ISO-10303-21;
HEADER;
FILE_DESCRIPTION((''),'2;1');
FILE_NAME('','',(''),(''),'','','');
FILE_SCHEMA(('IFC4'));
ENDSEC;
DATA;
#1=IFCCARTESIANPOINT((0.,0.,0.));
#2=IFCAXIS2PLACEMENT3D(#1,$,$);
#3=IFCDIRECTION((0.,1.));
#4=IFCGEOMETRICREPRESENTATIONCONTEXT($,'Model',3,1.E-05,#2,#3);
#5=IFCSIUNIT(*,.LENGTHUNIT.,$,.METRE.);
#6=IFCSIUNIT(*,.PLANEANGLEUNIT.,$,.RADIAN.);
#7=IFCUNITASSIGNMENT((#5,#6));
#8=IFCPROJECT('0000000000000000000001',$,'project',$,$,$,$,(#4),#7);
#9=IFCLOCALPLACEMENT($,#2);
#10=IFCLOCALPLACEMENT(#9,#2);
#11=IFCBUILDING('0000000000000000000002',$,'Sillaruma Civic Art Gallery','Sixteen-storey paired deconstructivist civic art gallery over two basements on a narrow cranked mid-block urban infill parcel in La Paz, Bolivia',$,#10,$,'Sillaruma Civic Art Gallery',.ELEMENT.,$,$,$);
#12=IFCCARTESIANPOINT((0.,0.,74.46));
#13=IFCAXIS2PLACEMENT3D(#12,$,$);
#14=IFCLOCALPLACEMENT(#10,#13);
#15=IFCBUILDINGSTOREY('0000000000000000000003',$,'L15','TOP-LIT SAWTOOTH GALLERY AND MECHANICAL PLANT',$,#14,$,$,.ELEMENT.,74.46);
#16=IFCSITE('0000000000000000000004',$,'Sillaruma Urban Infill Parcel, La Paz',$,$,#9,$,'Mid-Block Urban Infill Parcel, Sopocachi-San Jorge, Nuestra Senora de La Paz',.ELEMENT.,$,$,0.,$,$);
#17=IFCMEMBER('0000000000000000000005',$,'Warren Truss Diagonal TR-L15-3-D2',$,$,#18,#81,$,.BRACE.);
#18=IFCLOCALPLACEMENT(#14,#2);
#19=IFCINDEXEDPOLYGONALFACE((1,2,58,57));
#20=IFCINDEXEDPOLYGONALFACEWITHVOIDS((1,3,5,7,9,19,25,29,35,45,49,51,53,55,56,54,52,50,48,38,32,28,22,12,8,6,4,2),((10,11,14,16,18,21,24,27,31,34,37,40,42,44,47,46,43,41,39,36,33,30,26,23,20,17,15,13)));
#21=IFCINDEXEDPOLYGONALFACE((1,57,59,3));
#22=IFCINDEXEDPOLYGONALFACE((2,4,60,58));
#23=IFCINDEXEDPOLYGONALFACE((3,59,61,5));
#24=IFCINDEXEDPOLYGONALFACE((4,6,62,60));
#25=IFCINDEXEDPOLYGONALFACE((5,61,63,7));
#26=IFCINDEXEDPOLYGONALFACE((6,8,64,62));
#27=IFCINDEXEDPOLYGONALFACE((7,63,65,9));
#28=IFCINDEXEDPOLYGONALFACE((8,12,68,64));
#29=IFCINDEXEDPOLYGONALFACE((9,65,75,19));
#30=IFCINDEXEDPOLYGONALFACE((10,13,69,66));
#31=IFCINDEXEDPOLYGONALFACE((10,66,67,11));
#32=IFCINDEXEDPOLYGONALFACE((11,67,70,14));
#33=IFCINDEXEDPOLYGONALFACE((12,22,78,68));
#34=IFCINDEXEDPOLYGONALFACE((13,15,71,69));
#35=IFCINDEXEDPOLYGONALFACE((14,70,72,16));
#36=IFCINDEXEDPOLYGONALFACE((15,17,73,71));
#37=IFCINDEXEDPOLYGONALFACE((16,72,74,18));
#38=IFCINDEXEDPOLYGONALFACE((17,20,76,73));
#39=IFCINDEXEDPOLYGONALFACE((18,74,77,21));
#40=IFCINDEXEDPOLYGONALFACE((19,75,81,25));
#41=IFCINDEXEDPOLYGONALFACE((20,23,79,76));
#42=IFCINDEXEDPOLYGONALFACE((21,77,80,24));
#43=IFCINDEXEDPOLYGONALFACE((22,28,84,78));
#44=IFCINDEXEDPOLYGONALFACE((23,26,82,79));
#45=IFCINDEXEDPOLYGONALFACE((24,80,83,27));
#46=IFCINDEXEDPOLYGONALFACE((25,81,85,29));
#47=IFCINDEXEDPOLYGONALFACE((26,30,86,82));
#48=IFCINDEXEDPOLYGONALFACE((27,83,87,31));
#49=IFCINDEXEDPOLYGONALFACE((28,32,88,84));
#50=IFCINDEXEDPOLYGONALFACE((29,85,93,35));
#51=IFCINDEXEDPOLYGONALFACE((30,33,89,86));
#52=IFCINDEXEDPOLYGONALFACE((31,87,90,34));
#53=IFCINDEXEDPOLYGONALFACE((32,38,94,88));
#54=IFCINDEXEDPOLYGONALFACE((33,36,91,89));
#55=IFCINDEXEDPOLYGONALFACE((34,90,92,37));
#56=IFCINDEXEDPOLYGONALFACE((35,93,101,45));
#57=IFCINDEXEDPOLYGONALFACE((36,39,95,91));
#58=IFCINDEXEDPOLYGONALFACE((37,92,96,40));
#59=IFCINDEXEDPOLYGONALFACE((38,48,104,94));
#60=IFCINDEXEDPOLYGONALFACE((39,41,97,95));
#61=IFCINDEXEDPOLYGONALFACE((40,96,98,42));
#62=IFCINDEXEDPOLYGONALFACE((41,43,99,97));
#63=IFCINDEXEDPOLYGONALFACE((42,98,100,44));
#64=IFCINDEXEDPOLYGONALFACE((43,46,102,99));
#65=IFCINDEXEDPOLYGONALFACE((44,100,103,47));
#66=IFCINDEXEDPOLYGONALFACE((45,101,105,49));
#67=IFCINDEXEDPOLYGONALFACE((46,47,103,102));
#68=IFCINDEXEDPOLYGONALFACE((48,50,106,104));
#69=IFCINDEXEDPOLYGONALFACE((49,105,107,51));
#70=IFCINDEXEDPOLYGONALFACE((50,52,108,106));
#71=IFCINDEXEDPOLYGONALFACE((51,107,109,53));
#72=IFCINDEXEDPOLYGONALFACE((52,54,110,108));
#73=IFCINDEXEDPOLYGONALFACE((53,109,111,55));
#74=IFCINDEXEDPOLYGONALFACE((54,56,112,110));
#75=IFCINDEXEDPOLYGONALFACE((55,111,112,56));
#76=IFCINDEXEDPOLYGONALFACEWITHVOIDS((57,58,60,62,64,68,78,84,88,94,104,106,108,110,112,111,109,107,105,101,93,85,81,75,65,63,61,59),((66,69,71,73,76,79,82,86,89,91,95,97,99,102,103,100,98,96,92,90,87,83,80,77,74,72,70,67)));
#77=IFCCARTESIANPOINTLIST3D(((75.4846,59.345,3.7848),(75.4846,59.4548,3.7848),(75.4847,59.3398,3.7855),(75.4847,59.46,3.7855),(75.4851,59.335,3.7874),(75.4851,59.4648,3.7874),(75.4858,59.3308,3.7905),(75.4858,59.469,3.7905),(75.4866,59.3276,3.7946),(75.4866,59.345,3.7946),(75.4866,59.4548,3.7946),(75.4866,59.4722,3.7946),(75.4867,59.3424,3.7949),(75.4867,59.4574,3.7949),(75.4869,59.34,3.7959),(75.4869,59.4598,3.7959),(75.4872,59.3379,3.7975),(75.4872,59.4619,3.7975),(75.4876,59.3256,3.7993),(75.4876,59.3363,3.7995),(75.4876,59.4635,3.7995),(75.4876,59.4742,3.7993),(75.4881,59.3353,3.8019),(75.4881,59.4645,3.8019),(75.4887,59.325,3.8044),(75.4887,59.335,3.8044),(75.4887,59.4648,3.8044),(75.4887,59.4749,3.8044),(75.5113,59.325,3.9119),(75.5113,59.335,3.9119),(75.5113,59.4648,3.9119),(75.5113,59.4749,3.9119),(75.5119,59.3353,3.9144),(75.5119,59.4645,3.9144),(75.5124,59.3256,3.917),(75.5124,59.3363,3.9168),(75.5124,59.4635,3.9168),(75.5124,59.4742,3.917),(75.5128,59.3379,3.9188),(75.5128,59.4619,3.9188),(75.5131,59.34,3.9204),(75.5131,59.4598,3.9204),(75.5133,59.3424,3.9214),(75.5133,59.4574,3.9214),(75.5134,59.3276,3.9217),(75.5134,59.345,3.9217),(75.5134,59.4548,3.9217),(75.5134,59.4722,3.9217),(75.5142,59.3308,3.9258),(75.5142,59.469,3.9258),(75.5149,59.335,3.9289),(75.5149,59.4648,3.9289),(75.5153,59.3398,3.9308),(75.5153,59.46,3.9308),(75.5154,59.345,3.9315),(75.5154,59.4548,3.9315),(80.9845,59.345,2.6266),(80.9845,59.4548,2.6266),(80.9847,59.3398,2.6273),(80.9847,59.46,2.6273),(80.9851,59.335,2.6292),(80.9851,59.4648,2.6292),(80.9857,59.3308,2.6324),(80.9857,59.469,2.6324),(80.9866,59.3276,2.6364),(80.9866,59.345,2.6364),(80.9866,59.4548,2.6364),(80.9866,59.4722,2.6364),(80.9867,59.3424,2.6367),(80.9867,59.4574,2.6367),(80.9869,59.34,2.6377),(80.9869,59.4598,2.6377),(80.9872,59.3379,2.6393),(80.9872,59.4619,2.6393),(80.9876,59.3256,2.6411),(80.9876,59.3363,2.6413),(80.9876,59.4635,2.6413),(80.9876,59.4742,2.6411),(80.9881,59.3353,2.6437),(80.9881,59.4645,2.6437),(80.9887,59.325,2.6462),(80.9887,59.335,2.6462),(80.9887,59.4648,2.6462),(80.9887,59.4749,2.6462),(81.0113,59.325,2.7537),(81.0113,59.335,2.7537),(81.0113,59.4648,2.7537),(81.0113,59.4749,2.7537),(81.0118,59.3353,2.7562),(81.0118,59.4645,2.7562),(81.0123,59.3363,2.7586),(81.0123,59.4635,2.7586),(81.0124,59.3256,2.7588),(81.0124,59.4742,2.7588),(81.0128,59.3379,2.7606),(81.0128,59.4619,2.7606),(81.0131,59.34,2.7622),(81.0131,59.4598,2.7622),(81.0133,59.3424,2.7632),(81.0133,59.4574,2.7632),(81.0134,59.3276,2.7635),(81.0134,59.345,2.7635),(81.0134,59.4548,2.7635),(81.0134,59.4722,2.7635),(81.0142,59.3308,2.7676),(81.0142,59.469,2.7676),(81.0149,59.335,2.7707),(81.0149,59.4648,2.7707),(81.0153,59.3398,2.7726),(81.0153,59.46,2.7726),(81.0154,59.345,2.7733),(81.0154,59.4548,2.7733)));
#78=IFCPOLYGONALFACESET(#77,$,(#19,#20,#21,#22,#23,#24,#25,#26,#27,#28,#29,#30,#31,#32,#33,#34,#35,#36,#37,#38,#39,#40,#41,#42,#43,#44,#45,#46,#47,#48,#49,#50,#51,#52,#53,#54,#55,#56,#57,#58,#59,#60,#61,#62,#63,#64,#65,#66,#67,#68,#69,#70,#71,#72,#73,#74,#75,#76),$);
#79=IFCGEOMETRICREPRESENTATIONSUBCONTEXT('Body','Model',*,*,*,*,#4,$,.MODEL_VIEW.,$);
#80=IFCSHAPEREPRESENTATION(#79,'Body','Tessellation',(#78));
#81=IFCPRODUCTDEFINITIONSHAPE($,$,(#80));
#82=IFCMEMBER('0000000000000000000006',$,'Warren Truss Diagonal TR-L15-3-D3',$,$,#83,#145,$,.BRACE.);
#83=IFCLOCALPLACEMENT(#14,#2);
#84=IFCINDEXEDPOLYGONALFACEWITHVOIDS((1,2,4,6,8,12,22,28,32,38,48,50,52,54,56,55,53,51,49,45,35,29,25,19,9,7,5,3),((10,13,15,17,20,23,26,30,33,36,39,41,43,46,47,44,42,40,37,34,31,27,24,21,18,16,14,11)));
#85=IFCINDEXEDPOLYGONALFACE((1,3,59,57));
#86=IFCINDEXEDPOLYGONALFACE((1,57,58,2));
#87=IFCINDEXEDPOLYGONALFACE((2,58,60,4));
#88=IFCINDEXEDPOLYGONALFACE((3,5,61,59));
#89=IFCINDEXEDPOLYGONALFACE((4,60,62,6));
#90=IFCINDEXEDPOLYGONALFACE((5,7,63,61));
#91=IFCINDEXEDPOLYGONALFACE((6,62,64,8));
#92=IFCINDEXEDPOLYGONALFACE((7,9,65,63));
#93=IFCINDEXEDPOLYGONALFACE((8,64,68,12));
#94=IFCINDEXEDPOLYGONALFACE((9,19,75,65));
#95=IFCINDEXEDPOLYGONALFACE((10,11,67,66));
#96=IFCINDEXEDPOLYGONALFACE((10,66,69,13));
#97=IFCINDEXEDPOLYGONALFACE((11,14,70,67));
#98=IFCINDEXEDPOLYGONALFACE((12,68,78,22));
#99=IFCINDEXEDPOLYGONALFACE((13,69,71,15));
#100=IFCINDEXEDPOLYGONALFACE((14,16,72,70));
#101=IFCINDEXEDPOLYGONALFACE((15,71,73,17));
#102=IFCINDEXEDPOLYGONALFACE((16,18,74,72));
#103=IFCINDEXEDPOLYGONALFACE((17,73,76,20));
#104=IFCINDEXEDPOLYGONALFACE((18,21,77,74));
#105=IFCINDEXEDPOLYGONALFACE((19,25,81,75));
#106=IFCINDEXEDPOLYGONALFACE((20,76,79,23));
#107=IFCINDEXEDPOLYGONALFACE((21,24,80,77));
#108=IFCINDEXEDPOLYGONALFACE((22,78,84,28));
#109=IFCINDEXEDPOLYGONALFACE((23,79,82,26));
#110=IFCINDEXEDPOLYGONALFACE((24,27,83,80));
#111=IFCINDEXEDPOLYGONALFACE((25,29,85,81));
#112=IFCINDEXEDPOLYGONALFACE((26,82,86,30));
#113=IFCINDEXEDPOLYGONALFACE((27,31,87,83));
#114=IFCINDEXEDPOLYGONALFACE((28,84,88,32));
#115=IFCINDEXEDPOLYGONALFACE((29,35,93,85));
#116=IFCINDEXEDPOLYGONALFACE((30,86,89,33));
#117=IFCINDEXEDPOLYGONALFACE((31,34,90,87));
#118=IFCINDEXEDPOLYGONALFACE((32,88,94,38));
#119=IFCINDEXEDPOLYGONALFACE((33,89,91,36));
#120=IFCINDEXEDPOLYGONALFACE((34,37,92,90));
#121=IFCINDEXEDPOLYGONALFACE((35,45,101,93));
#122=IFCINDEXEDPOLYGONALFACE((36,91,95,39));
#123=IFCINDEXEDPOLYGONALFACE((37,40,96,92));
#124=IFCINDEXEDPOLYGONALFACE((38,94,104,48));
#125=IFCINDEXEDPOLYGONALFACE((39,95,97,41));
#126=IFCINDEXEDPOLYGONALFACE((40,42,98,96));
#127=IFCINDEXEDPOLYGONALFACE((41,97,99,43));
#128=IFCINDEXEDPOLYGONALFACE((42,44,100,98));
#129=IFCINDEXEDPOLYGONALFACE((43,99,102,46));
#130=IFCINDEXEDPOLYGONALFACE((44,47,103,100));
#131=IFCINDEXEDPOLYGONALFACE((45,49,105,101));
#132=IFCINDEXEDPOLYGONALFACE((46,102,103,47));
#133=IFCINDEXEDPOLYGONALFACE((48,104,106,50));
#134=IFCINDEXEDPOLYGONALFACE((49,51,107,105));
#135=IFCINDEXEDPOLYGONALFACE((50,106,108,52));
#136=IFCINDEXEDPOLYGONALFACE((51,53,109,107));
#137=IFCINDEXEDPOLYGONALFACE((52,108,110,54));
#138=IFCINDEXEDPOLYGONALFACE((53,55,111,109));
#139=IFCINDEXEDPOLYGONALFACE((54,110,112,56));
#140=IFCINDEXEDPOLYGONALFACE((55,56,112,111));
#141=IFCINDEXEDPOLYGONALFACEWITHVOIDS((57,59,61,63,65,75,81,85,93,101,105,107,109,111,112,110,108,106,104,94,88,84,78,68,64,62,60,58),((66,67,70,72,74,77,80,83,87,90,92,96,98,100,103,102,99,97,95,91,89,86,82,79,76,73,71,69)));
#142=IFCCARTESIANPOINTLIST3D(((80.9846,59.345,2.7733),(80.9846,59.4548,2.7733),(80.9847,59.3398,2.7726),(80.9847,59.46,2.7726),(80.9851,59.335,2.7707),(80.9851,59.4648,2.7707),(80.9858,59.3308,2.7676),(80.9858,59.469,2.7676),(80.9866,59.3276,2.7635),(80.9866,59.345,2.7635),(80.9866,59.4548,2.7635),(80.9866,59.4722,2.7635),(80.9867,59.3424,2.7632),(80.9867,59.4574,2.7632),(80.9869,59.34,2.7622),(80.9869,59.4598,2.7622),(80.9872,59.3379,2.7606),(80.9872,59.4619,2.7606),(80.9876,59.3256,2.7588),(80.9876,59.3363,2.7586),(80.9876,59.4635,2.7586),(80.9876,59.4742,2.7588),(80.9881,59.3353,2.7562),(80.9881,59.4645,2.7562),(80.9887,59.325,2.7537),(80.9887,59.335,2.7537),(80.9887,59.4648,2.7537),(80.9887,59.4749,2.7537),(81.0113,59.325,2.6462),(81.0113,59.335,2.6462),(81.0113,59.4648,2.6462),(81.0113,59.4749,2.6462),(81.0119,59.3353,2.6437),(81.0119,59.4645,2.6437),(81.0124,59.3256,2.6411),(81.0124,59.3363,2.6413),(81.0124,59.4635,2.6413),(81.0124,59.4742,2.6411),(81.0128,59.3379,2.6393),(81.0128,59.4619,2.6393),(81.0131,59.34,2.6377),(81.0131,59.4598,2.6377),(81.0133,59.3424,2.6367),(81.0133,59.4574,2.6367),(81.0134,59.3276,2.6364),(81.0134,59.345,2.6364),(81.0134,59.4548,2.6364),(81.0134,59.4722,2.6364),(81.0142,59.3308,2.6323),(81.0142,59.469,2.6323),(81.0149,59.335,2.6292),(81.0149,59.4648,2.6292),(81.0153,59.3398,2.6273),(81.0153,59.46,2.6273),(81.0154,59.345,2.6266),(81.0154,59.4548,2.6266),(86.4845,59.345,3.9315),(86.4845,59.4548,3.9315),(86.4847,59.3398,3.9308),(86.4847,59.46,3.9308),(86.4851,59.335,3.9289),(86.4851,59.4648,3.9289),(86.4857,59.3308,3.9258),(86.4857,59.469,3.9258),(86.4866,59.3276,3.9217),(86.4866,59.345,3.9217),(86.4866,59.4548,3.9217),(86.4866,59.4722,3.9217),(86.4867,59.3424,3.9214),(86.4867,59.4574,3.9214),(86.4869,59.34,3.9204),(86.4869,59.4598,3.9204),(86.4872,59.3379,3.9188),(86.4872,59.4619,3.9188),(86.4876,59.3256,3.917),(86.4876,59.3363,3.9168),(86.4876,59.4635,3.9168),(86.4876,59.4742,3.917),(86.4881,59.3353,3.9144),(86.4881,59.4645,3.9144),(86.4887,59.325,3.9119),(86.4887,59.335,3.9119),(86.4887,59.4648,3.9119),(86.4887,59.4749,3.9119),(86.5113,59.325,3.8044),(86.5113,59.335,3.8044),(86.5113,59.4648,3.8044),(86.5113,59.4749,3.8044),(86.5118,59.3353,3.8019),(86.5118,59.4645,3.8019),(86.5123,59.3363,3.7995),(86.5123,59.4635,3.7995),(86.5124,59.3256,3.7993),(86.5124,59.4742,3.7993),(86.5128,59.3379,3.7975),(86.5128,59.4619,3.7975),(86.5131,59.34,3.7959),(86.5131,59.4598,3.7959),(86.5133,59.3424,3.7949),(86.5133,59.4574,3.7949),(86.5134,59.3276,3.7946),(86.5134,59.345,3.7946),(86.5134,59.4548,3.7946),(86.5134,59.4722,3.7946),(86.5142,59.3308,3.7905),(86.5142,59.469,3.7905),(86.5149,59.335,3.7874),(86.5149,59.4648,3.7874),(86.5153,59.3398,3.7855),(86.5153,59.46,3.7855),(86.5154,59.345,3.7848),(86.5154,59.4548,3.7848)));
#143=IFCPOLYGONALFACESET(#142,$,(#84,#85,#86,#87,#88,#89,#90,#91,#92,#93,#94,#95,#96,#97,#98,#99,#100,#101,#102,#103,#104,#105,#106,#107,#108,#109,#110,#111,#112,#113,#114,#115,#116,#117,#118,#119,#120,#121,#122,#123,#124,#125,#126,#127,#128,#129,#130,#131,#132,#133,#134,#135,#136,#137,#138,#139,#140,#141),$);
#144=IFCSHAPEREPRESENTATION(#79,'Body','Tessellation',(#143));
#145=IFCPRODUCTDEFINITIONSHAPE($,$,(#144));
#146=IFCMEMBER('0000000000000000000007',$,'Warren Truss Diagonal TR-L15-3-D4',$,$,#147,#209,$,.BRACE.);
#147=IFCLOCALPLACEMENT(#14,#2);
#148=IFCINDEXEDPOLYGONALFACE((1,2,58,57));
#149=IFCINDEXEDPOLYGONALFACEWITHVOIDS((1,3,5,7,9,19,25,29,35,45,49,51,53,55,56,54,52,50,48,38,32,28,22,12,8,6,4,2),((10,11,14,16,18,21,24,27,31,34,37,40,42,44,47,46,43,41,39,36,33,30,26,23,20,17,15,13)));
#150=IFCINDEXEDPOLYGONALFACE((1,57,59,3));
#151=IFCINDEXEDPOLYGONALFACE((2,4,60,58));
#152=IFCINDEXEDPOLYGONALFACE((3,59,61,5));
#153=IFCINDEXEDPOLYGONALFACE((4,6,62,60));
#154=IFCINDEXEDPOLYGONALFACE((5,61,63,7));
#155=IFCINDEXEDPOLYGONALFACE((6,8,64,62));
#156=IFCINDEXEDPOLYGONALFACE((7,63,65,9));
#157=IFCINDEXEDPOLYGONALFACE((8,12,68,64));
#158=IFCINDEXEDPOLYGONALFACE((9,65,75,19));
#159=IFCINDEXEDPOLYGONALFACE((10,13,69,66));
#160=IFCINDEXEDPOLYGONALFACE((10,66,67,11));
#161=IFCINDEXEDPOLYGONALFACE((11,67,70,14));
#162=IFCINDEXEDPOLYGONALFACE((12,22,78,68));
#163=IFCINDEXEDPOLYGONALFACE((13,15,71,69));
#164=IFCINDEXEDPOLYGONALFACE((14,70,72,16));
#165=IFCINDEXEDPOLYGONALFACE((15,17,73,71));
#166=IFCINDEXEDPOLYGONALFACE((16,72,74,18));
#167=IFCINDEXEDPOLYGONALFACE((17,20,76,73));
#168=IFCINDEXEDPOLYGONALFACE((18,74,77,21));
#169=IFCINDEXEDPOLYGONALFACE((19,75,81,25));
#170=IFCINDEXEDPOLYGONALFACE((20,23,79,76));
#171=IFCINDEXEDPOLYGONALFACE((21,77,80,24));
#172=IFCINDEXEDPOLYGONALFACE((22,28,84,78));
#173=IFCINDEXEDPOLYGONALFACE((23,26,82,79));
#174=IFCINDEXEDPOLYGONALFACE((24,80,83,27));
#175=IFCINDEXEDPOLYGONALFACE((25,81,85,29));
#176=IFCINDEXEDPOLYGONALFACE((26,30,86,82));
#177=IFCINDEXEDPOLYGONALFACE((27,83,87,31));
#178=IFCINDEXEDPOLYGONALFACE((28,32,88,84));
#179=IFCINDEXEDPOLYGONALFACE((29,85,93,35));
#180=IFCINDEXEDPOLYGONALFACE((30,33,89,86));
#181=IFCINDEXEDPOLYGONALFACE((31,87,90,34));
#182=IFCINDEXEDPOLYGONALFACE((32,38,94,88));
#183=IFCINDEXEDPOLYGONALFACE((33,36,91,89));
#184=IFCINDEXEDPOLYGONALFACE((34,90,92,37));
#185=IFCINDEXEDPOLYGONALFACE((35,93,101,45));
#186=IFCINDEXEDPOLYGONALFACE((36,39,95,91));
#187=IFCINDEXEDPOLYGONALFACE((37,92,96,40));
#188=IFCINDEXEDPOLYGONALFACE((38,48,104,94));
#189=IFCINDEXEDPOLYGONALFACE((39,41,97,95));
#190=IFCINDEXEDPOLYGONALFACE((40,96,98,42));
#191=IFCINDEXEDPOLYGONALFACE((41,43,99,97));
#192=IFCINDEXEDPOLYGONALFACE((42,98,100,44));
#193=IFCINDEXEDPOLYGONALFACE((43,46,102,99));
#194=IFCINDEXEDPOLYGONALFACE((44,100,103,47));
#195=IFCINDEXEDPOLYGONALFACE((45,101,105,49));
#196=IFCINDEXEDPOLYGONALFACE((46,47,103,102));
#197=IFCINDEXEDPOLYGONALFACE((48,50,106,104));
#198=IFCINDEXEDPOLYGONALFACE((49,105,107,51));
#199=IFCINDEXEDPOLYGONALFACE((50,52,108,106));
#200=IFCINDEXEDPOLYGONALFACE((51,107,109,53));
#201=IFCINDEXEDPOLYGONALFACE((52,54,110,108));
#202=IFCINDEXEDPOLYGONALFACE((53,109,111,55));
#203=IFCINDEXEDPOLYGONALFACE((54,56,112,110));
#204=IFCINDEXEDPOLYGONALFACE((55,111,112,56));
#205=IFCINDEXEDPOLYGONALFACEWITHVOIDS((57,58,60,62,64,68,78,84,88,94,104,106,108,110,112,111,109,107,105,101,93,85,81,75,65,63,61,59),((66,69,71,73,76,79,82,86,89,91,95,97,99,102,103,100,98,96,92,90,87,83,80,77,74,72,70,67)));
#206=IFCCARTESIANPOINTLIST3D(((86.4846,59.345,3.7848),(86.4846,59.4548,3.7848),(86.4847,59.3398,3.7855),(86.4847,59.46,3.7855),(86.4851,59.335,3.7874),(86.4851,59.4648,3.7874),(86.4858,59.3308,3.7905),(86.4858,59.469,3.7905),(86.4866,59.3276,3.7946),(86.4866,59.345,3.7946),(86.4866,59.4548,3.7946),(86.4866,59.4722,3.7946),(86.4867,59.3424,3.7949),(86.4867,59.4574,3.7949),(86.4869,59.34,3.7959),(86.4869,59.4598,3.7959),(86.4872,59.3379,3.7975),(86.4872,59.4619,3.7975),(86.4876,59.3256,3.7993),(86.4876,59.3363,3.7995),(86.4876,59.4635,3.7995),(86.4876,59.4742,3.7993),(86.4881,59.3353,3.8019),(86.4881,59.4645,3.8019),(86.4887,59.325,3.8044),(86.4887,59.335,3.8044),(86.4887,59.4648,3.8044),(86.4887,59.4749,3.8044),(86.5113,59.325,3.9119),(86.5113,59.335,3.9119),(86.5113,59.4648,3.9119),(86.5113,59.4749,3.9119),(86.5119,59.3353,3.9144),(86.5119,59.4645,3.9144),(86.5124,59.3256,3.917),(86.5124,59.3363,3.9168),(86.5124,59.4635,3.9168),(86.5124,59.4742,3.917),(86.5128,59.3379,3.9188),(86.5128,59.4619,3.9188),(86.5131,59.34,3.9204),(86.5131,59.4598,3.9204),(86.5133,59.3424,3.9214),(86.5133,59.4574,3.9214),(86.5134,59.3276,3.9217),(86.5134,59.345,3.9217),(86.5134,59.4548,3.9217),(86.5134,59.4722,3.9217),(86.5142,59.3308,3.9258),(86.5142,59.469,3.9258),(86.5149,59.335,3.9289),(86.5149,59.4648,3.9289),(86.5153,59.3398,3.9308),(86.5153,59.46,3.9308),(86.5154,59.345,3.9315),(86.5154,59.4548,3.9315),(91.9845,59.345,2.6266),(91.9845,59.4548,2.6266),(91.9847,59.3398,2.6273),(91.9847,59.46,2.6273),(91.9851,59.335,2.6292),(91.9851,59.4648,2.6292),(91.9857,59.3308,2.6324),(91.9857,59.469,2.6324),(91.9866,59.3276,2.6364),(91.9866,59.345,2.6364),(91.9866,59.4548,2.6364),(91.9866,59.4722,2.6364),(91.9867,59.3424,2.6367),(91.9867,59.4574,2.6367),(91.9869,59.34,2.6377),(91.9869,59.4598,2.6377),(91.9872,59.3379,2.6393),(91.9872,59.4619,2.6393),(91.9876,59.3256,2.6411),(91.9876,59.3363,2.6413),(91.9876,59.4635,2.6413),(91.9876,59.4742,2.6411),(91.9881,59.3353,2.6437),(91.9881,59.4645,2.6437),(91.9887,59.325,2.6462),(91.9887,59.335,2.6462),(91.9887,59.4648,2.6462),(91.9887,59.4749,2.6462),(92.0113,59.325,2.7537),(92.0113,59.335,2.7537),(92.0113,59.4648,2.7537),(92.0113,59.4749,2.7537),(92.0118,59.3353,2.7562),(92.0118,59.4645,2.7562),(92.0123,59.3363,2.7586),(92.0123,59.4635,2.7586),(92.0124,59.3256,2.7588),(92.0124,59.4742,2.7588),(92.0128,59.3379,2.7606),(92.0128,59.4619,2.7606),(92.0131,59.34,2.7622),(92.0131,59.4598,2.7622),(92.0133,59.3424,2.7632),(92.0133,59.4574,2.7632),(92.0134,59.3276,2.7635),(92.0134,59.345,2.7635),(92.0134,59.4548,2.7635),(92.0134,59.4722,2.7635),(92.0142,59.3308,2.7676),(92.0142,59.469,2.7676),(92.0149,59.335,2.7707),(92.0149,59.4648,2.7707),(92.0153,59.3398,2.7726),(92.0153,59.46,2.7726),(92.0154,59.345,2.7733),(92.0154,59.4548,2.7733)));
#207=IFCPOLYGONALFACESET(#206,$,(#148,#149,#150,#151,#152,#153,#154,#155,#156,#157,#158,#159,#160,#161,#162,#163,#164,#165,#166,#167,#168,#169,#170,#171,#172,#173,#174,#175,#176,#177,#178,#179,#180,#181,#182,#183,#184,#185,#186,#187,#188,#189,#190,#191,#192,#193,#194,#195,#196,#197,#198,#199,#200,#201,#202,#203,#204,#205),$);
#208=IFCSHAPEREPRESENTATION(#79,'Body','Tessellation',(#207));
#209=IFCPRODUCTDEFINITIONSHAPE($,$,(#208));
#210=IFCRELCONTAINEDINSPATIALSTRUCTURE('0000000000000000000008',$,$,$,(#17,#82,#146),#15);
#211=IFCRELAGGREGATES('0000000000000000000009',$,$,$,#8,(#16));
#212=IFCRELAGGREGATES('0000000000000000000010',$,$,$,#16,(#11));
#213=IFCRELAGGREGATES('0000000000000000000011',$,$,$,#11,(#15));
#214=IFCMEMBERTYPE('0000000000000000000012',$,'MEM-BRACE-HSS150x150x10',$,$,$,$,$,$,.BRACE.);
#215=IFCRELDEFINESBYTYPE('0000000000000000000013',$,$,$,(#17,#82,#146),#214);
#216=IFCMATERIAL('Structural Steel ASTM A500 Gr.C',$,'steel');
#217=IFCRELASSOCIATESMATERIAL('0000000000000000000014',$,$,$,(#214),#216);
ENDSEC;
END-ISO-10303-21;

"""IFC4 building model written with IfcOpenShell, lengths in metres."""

from ifc_helpers import new_model, si_unit, direction, frame, origin, origin_2d, place, context, subcontext, project, spatial, hollow_rectangle, extrude, material, material_profile, profile_set, type_object, element, save


model = new_model("IFC4")

# Units and contexts
model_context = context("Model", 3, precision=1e-05, world=origin(), true_north=direction((0.0, 1.0)))
body_context = subcontext(model_context, "Body", "Model", "MODEL_VIEW")
ifc_project = project(units=[si_unit("LENGTHUNIT", "METRE"), si_unit("PLANEANGLEUNIT", "RADIAN")], contexts=[model_context])

# Site, building, storey
site_placement = place(None, origin())
site = spatial("IfcSite", under=ifc_project, at=site_placement, Name="Sillaruma Urban Infill Parcel, La Paz", LongName="Mid-Block Urban Infill Parcel, Sopocachi-San Jorge, Nuestra Senora de La Paz", CompositionType="ELEMENT", RefElevation=0.0)
building_placement = place(site_placement, origin())
building = spatial("IfcBuilding", under=site, at=building_placement, Name="Sillaruma Civic Art Gallery", Description="Sixteen-storey paired deconstructivist civic art gallery over two basements on a narrow cranked mid-block urban infill parcel in La Paz, Bolivia", LongName="Sillaruma Civic Art Gallery", CompositionType="ELEMENT")
storey_placement = place(building_placement, frame((0.0, 0.0, 74.46)))
storey = spatial("IfcBuildingStorey", under=building, at=storey_placement, Name="L15", Description="TOP-LIT SAWTOOTH GALLERY AND MECHANICAL PLANT", CompositionType="ELEMENT", Elevation=74.46)

# Members
ifc_material_1 = material(Name="Structural Steel ASTM A500 Gr.C", Category="steel")
ifc_material_profile_1 = material_profile(ifc_material_1, hollow_rectangle(XDim=0.1499, YDim=0.1499, WallThickness=0.01, InnerFilletRadius=0.01, OuterFilletRadius=0.02, at=origin_2d()), Name="HSS150x150x10")
ifc_profile_set_1 = profile_set([ifc_material_profile_1], Name="Structural Steel ASTM A500 Gr.C")
member_type_1 = type_object("IfcMemberType", Name="MEM-BRACE-HSS150x150x10", PredefinedType="BRACE", material=ifc_profile_set_1)
for number, where, z_axis, x_axis, name in (
    (1, (75.5, 59.3999, 3.8582), (0.978539, 0.0, -0.206063), (0.0, 1.0, 0.0), "Warren Truss Diagonal TR-L15-3-D2"),
    (2, (81.0, 59.3999, 2.7), (0.978539, 0.0, 0.206063), (0.0, 1.0, 0.0), "Warren Truss Diagonal TR-L15-3-D3"),
    (3, (86.5, 59.3999, 3.8582), (0.978539, 0.0, -0.206063), (0.0, 1.0, 0.0), "Warren Truss Diagonal TR-L15-3-D4"),
):
    element("IfcMember", number, at=place(storey_placement, frame(where, z_axis=z_axis, x_axis=x_axis)), inside=storey, type_object=member_type_1, Name=name, PredefinedType="BRACE", context=body_context, shape_type="SweptSolid", body=[
        extrude(hollow_rectangle(XDim=0.1499, YDim=0.1499, WallThickness=0.01, InnerFilletRadius=0.01, OuterFilletRadius=0.02, at=origin_2d()), origin(), (0.0, 0.0, 1.0), 5.6206),
    ])

save(model, "model.ifc")
